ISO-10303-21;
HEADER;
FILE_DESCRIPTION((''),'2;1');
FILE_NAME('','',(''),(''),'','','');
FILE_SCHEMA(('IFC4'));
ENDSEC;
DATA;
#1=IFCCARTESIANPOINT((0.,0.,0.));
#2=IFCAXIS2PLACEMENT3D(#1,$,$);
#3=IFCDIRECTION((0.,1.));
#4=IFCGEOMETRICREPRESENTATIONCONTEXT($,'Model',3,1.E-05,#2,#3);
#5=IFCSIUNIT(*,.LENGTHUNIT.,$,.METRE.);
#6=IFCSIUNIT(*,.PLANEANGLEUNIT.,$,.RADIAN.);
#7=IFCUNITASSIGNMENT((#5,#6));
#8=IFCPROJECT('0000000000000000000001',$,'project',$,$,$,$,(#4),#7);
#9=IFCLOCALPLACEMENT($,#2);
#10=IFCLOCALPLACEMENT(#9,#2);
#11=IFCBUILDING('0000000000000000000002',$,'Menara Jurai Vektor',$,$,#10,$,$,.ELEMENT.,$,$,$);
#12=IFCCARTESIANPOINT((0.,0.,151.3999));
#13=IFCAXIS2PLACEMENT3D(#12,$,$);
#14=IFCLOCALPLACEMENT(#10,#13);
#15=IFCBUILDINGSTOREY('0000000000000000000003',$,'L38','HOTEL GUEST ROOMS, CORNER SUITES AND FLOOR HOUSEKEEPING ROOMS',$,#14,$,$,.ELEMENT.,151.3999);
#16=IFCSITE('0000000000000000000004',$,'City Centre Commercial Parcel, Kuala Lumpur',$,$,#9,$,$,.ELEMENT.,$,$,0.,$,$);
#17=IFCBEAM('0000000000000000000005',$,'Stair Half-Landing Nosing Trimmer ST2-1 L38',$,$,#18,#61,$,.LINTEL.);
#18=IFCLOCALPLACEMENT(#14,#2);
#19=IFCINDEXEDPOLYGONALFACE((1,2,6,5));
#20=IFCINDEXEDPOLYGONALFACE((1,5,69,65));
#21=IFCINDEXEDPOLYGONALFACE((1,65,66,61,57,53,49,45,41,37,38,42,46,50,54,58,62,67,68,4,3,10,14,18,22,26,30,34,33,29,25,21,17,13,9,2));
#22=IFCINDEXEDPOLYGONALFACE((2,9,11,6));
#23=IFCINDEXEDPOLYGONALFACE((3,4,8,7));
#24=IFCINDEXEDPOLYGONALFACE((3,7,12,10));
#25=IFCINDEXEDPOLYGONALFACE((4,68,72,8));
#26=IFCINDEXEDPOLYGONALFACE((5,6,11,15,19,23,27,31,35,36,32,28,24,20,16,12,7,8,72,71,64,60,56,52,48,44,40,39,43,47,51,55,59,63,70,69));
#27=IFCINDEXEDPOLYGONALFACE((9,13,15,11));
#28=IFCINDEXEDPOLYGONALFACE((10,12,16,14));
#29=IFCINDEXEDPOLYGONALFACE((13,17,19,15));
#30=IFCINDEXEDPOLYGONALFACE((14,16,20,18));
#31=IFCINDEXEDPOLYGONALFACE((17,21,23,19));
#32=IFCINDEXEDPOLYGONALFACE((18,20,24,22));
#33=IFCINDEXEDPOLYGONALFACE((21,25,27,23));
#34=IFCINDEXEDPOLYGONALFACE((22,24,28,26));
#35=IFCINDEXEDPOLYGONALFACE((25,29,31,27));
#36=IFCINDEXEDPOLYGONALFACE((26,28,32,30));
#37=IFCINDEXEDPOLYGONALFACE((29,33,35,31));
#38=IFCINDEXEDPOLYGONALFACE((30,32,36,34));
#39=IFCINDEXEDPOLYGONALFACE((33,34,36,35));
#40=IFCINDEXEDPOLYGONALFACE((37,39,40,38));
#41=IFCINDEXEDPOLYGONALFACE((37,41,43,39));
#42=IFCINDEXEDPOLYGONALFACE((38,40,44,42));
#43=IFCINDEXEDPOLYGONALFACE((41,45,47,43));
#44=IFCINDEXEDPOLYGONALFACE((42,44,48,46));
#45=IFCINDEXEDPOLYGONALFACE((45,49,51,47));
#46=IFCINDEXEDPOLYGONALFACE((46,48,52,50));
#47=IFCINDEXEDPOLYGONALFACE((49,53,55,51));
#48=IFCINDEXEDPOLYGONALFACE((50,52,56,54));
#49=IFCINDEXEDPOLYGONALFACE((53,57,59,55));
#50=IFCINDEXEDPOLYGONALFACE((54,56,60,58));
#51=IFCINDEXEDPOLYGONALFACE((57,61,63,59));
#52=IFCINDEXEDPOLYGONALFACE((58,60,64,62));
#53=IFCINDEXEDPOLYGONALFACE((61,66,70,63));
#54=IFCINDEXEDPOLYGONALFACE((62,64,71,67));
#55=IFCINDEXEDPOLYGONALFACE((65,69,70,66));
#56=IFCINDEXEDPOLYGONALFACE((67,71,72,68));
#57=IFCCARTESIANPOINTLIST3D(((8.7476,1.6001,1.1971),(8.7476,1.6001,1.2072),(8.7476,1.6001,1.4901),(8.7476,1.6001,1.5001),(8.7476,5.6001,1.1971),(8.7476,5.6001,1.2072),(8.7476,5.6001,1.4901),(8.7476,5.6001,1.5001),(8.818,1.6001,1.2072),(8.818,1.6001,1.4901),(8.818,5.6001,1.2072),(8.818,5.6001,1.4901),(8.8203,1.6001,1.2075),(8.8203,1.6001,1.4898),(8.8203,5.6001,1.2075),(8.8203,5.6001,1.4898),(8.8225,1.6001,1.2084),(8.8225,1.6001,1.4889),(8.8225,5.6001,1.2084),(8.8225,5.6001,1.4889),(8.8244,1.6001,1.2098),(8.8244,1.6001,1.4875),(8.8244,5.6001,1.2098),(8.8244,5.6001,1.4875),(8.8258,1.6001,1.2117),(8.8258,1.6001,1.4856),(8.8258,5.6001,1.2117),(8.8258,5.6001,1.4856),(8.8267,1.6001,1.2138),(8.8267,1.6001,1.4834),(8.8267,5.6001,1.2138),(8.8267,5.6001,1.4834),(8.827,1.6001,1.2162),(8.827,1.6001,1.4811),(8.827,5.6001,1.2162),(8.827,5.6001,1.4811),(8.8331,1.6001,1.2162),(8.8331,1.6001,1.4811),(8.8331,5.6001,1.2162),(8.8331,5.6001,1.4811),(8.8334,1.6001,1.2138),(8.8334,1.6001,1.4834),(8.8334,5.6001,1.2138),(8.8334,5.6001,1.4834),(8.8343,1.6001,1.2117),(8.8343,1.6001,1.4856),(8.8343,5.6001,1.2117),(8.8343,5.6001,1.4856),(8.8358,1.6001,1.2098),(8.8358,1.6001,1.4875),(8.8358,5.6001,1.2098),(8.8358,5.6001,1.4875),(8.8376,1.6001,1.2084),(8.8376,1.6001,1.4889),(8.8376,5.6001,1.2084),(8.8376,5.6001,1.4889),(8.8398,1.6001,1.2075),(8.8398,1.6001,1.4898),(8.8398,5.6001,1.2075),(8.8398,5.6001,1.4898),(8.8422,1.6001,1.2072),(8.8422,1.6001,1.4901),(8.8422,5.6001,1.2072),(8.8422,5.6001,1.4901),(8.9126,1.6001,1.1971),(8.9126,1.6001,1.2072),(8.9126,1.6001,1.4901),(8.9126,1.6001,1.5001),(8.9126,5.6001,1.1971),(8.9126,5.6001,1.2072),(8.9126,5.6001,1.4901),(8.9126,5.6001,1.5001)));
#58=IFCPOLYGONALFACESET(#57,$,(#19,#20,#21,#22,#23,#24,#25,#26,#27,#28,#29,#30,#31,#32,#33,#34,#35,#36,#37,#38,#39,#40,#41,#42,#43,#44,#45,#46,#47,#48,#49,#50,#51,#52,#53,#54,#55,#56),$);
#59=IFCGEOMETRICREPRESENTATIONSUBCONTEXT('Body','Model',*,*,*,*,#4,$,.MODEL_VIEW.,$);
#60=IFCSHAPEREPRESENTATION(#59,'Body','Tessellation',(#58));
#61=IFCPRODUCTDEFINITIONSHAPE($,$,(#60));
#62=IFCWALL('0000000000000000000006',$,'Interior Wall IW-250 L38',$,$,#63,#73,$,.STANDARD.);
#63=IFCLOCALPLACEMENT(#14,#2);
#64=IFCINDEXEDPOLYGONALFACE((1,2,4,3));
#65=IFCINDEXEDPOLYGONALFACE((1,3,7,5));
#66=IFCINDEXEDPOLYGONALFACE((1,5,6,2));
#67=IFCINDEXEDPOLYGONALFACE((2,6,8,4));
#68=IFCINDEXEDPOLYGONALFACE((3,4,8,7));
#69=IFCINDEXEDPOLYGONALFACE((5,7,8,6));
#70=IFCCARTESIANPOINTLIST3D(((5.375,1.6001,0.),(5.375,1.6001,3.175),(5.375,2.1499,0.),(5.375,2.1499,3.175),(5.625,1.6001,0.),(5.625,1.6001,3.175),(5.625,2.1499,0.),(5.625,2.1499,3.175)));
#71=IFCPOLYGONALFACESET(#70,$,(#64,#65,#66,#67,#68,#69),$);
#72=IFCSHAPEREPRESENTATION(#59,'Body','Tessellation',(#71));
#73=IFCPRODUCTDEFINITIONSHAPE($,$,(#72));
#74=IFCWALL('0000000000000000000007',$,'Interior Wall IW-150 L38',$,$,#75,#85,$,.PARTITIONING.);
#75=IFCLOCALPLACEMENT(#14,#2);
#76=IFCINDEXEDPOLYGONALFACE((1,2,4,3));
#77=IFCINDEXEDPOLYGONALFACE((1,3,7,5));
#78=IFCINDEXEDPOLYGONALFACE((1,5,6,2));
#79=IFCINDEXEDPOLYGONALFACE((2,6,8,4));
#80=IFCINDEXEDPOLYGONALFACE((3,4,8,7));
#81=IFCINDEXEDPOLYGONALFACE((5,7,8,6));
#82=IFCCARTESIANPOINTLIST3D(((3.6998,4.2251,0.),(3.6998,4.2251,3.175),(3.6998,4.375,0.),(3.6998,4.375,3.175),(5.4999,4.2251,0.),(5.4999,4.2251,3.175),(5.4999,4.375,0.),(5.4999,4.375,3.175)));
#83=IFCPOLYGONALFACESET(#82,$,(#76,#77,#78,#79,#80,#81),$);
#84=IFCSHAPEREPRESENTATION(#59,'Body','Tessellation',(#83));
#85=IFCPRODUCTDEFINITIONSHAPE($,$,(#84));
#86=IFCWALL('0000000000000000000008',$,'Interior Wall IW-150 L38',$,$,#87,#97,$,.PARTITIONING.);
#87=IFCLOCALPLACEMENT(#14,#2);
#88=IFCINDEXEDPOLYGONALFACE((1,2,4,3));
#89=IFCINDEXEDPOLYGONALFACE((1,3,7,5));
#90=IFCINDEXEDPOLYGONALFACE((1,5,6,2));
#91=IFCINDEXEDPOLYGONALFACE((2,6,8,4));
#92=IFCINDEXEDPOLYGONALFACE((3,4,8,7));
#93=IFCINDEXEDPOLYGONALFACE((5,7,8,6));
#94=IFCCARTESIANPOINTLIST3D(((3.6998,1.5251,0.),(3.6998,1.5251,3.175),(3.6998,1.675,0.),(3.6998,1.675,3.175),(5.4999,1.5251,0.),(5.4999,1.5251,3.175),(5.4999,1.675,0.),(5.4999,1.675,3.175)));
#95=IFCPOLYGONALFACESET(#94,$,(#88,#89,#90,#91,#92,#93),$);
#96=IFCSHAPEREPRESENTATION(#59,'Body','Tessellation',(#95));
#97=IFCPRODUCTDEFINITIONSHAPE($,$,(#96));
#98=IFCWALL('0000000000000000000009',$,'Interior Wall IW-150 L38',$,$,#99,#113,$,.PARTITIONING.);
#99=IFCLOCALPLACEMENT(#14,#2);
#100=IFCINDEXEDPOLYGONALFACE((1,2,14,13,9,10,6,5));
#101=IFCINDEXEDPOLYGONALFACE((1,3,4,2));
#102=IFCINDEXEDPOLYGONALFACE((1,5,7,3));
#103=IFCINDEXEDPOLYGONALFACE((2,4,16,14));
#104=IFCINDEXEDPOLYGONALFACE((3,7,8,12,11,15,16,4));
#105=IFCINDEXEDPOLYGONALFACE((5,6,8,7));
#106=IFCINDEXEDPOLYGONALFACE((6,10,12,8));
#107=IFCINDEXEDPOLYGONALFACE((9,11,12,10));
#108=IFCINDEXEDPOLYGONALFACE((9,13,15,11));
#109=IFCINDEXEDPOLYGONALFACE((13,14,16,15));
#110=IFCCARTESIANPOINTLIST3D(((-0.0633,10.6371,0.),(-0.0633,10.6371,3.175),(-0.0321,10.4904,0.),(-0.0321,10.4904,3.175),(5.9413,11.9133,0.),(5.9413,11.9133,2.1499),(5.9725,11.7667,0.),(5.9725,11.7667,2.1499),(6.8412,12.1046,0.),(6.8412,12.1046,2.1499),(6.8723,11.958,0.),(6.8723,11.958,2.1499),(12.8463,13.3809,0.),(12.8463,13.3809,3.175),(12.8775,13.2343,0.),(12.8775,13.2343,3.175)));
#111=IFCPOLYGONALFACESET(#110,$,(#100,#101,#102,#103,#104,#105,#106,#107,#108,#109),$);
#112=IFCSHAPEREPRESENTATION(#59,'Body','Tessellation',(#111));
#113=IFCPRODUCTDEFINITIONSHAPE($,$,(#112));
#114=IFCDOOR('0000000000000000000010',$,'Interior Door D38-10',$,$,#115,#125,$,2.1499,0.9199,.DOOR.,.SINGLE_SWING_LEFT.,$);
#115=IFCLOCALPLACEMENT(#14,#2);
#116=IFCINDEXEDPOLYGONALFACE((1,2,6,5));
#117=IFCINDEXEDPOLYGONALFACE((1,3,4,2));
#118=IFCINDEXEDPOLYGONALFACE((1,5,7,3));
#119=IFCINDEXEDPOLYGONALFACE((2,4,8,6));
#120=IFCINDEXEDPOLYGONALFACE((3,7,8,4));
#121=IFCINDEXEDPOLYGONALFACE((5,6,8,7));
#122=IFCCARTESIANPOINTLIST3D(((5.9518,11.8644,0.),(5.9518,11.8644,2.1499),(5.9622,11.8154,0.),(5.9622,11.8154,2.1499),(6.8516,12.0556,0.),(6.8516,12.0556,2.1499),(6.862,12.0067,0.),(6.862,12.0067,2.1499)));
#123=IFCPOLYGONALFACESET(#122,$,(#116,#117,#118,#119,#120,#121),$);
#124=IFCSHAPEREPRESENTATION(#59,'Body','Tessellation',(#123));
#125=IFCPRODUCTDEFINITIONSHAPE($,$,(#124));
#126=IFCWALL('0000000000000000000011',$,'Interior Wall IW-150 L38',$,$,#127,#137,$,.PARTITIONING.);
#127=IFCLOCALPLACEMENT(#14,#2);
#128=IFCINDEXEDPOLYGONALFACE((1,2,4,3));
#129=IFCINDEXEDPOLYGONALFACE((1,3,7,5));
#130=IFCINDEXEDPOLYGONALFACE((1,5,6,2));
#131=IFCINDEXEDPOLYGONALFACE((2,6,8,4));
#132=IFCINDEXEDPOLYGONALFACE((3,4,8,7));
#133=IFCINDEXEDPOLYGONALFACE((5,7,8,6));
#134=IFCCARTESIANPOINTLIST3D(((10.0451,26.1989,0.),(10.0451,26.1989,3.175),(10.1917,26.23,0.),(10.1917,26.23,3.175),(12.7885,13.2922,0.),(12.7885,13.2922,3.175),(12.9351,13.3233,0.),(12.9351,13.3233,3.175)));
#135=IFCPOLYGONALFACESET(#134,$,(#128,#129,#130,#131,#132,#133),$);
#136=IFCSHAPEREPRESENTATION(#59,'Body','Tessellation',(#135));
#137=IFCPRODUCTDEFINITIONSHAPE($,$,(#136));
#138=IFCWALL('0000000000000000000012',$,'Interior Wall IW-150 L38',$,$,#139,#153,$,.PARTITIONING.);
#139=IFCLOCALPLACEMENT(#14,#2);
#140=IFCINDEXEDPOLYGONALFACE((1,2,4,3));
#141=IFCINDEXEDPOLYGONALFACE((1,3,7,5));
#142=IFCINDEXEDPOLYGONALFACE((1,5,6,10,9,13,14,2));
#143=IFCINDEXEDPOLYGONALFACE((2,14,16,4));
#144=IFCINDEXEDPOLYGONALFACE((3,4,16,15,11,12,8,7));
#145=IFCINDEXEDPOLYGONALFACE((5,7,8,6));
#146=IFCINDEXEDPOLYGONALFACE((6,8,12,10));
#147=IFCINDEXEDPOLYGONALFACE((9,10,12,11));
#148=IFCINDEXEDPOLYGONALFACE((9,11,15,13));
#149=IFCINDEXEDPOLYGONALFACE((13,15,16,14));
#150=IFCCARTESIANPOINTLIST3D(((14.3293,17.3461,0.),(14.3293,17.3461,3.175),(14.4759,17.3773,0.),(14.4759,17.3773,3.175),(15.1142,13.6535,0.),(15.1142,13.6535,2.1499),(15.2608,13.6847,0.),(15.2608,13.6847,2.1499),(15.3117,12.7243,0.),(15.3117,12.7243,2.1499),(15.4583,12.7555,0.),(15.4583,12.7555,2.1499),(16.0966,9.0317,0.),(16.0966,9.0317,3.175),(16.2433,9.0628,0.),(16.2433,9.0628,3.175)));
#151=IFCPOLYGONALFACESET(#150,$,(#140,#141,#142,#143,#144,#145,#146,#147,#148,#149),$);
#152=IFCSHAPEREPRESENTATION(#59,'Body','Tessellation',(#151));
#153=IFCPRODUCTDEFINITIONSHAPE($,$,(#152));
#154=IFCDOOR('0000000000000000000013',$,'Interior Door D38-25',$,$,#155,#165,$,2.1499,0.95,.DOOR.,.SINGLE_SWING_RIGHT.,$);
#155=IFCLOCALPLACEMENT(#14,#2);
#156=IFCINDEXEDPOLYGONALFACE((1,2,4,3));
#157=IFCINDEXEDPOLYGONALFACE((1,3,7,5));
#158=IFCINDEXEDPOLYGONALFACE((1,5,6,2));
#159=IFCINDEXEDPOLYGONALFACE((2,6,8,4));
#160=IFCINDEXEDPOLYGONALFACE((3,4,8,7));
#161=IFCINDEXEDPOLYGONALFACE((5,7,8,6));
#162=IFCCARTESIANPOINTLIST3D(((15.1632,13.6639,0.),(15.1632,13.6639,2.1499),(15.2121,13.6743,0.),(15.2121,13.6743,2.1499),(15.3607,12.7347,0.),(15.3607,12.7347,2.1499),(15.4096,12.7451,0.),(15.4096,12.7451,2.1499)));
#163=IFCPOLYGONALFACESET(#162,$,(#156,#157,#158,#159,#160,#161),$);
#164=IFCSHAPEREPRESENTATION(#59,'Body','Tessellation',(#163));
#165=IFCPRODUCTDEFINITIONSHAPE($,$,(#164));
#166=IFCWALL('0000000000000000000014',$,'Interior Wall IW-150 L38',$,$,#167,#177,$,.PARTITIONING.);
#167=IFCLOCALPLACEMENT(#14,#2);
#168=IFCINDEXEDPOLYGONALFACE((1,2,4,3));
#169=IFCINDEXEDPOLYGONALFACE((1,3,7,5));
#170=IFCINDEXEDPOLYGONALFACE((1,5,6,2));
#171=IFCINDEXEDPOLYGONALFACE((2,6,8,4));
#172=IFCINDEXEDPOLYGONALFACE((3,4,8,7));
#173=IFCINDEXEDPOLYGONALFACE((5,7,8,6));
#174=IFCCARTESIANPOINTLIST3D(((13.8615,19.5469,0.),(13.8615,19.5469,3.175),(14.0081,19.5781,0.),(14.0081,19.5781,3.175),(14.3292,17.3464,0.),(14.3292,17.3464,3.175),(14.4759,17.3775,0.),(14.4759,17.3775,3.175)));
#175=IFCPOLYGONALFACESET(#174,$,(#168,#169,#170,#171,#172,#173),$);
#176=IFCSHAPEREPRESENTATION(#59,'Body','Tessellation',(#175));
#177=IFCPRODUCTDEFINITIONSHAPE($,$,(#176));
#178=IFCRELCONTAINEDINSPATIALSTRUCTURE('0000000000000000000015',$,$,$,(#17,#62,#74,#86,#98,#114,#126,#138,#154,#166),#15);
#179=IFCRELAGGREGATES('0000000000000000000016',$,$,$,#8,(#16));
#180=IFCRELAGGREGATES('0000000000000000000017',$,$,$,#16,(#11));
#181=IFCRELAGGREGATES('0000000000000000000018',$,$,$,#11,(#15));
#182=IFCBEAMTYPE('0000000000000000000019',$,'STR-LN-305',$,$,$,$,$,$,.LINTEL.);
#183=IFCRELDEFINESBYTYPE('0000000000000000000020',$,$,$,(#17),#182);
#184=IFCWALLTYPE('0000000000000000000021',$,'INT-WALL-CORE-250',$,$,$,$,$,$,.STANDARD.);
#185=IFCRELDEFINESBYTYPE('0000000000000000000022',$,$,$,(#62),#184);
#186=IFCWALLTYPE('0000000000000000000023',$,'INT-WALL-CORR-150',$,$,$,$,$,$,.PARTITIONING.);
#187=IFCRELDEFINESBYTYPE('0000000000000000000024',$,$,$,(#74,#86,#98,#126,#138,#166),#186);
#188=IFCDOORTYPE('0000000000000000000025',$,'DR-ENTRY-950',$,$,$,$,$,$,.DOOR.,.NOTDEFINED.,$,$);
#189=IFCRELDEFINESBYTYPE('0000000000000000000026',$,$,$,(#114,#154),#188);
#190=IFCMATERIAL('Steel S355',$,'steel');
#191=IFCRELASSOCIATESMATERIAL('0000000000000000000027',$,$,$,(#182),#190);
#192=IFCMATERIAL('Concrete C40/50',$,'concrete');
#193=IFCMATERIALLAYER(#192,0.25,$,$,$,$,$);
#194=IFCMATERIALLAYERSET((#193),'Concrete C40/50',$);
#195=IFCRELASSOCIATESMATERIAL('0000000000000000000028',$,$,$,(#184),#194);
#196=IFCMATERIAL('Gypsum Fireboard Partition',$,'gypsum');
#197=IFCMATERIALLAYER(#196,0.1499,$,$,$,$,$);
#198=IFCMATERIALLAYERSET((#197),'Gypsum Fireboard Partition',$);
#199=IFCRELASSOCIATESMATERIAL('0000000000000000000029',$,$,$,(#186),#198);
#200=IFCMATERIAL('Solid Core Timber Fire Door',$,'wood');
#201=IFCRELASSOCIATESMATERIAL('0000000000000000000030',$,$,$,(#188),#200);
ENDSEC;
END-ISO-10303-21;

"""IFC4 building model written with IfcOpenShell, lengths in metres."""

from ifc_helpers import new_model, si_unit, direction, frame, frame_2d, origin, origin_2d, place, context, subcontext, project, spatial, rectangle, i_section, extrude, material, layer, layer_set, material_profile, profile_set, type_object, element, fill, save


model = new_model("IFC4")

# Units and contexts
model_context = context("Model", 3, precision=1e-05, world=origin(), true_north=direction((0.0, 1.0)))
body_context = subcontext(model_context, "Body", "Model", "MODEL_VIEW")
ifc_project = project(units=[si_unit("LENGTHUNIT", "METRE"), si_unit("PLANEANGLEUNIT", "RADIAN")], contexts=[model_context])

# Site, building, storey
site_placement = place(None, origin())
site = spatial("IfcSite", under=ifc_project, at=site_placement, Name="City Centre Commercial Parcel, Kuala Lumpur", CompositionType="ELEMENT", RefElevation=0.0)
building_placement = place(site_placement, origin())
building = spatial("IfcBuilding", under=site, at=building_placement, Name="Menara Jurai Vektor", CompositionType="ELEMENT")
storey_placement = place(building_placement, frame((0.0, 0.0, 151.3999)))
storey = spatial("IfcBuildingStorey", under=building, at=storey_placement, Name="L38", Description="HOTEL GUEST ROOMS, CORNER SUITES AND FLOOR HOUSEKEEPING ROOMS", CompositionType="ELEMENT", Elevation=151.3999)

# Shared definitions
ifc_material_1 = material(Name="Steel S355", Category="steel")

# Beam
ifc_material_profile_1 = material_profile(ifc_material_1, i_section(OverallWidth=0.165, OverallDepth=0.303, WebThickness=0.0061, FlangeThickness=0.01, FilletRadius=0.009, at=origin_2d()), Name="UKB 305x165x40")
ifc_profile_set_1 = profile_set([ifc_material_profile_1], Name="Steel S355")
beam_type_1 = type_object("IfcBeamType", Name="STR-LN-305", PredefinedType="LINTEL", material=ifc_profile_set_1)
beam_1_placement = place(storey_placement, frame((8.8301, 1.6001, 1.3486), z_axis=(0.0, 1.0, 0.0), x_axis=(-1.0, 0.0, 0.0)))
element("IfcBeam", 1, at=beam_1_placement, inside=storey, type_object=beam_type_1, Name="Stair Half-Landing Nosing Trimmer ST2-1 L38", PredefinedType="LINTEL", context=body_context, shape_type="SweptSolid", body=[
    extrude(i_section(OverallWidth=0.165, OverallDepth=0.303, WebThickness=0.0061, FlangeThickness=0.01, FilletRadius=0.009, at=origin_2d()), origin(), (0.0, 0.0, 1.0), 4.0),
])

# Shared definitions
ifc_material_2 = material(Name="Concrete C40/50", Category="concrete")
ifc_layer_1 = layer(ifc_material_2, 0.25)
ifc_layer_set_1 = layer_set([ifc_layer_1], Name="Concrete C40/50")
wall_type_1 = type_object("IfcWallType", Name="INT-WALL-CORE-250", PredefinedType="STANDARD", material=ifc_layer_set_1)

# Walls
wall_1_placement = place(storey_placement, frame((5.5, 1.6001, 0.0), z_axis=(0.0, 0.0, 1.0), x_axis=(0.0, 1.0, 0.0)))
element("IfcWall", 2, at=wall_1_placement, inside=storey, type_object=wall_type_1, Name="Interior Wall IW-250 L38", PredefinedType="STANDARD", context=body_context, shape_type="SweptSolid", body=[
    extrude(rectangle(XDim=0.5498, YDim=0.25, at=frame_2d((0.2749, 0.0))), origin(), (0.0, 0.0, 1.0), 3.175),
])
ifc_material_3 = material(Name="Gypsum Fireboard Partition", Category="gypsum")
ifc_layer_2 = layer(ifc_material_3, 0.1499)
ifc_layer_set_2 = layer_set([ifc_layer_2], Name="Gypsum Fireboard Partition")
wall_type_2 = type_object("IfcWallType", Name="INT-WALL-CORR-150", PredefinedType="PARTITIONING", material=ifc_layer_set_2)
for number, where, z_axis, x_axis, name in (
    (3, (3.7, 4.3, 0.0), (0.0, 0.0, 1.0), (1.0, 0.0, 0.0), "Interior Wall IW-150 L38"),
    (4, (3.7, 1.6001, 0.0), (0.0, 0.0, 1.0), (1.0, 0.0, 0.0), "Interior Wall IW-150 L38"),
):
    element("IfcWall", number, at=place(storey_placement, frame(where, z_axis=z_axis, x_axis=x_axis)), inside=storey, type_object=wall_type_2, Name=name, PredefinedType="PARTITIONING", context=body_context, shape_type="SweptSolid", body=[
        extrude(rectangle(XDim=1.8, YDim=0.1499, at=frame_2d((0.8999, 0.0))), origin(), (0.0, 0.0, 1.0), 3.175),
    ])

# Wall, opening, door
wall_2_placement = place(storey_placement, frame((-0.0479, 10.5637, 0.0), z_axis=(0.0, 0.0, 1.0), x_axis=(0.97815, 0.207902, 0.0)))
wall_2 = element("IfcWall", 5, at=wall_2_placement, inside=storey, type_object=wall_type_2, Name="Interior Wall IW-150 L38", PredefinedType="PARTITIONING", context=body_context, shape_type="SweptSolid", body=[
    extrude(rectangle(XDim=13.198, YDim=0.1499, at=frame_2d((6.5991, 0.0))), origin(), (0.0, 0.0, 1.0), 3.175),
])
opening_1_placement = place(wall_2_placement, frame((6.1389, 0.0, 0.0)))
opening_1 = element("IfcOpeningElement", 6, at=opening_1_placement, cuts=wall_2, PredefinedType="OPENING", context=body_context, shape_type="SweptSolid", body=[
    extrude(rectangle(XDim=0.9199, YDim=2.1499, at=frame_2d((0.46, 1.075))), frame((0.0, 0.085, 0.0), z_axis=(0.0, -1.0, 0.0), x_axis=(1.0, 0.0, 0.0)), (0.0, 0.0, 1.0), 0.1699),
])
ifc_material_4 = material(Name="Solid Core Timber Fire Door", Category="wood")
door_type_1 = type_object("IfcDoorType", Name="DR-ENTRY-950", OperationType="NOTDEFINED", PredefinedType="DOOR", material=ifc_material_4)
door_1_placement = place(opening_1_placement, origin())
door_1 = element("IfcDoor", 7, at=door_1_placement, inside=storey, type_object=door_type_1, Name="Interior Door D38-10", OperationType="SINGLE_SWING_LEFT", OverallHeight=2.1499, OverallWidth=0.9199, PredefinedType="DOOR", context=body_context, shape_type="SweptSolid", body=[
    extrude(rectangle(XDim=0.9199, YDim=2.1499, at=frame_2d((0.46, 1.075))), frame((0.0, 0.0249, 0.0), z_axis=(0.0, -1.0, 0.0), x_axis=(1.0, 0.0, 0.0)), (0.0, 0.0, 1.0), 0.05),
])
fill(opening_1, door_1)

# Wall
wall_3_placement = place(storey_placement, frame((12.8618, 13.3076, 0.0), z_axis=(0.0, 0.0, 1.0), x_axis=(-0.207911, 0.978148, 0.0)))
element("IfcWall", 8, at=wall_3_placement, inside=storey, type_object=wall_type_2, Name="Interior Wall IW-150 L38", PredefinedType="PARTITIONING", context=body_context, shape_type="SweptSolid", body=[
    extrude(rectangle(XDim=13.1951, YDim=0.1499, at=frame_2d((6.5977, 0.0))), origin(), (0.0, 0.0, 1.0), 3.175),
])

# Wall, opening, door
wall_4_placement = place(storey_placement, frame((16.1699, 9.0474, 0.0), z_axis=(0.0, 0.0, 1.0), x_axis=(-0.207916, 0.978147, 0.0)))
wall_4 = element("IfcWall", 9, at=wall_4_placement, inside=storey, type_object=wall_type_2, Name="Interior Wall IW-150 L38", PredefinedType="PARTITIONING", context=body_context, shape_type="SweptSolid", body=[
    extrude(rectangle(XDim=8.5002, YDim=0.1499, at=frame_2d((4.25, 0.0))), origin(), (0.0, 0.0, 1.0), 3.175),
])
opening_2_placement = place(wall_4_placement, frame((3.7749, 0.0, 0.0)))
opening_2 = element("IfcOpeningElement", 10, at=opening_2_placement, cuts=wall_4, PredefinedType="OPENING", context=body_context, shape_type="SweptSolid", body=[
    extrude(rectangle(XDim=0.95, YDim=2.1499, at=frame_2d((0.4751, 1.075))), frame((0.0, 0.085, 0.0), z_axis=(0.0, -1.0, 0.0), x_axis=(1.0, 0.0, 0.0)), (0.0, 0.0, 1.0), 0.1699),
])
door_2_placement = place(opening_2_placement, origin())
door_2 = element("IfcDoor", 11, at=door_2_placement, inside=storey, type_object=door_type_1, Name="Interior Door D38-25", OperationType="SINGLE_SWING_RIGHT", OverallHeight=2.1499, OverallWidth=0.95, PredefinedType="DOOR", context=body_context, shape_type="SweptSolid", body=[
    extrude(rectangle(XDim=0.95, YDim=2.1499, at=frame_2d((0.4751, 1.075))), frame((0.0, 0.0249, 0.0), z_axis=(0.0, -1.0, 0.0), x_axis=(1.0, 0.0, 0.0)), (0.0, 0.0, 1.0), 0.05),
])
fill(opening_2, door_2)

# Wall
wall_5_placement = place(storey_placement, frame((14.4026, 17.3618, 0.0), z_axis=(0.0, 0.0, 1.0), x_axis=(-0.207913, 0.978147, 0.0)))
element("IfcWall", 12, at=wall_5_placement, inside=storey, type_object=wall_type_2, Name="Interior Wall IW-150 L38", PredefinedType="PARTITIONING", context=body_context, shape_type="SweptSolid", body=[
    extrude(rectangle(XDim=2.2498, YDim=0.1499, at=frame_2d((1.125, 0.0))), origin(), (0.0, 0.0, 1.0), 3.175),
])

save(model, "model.ifc")
